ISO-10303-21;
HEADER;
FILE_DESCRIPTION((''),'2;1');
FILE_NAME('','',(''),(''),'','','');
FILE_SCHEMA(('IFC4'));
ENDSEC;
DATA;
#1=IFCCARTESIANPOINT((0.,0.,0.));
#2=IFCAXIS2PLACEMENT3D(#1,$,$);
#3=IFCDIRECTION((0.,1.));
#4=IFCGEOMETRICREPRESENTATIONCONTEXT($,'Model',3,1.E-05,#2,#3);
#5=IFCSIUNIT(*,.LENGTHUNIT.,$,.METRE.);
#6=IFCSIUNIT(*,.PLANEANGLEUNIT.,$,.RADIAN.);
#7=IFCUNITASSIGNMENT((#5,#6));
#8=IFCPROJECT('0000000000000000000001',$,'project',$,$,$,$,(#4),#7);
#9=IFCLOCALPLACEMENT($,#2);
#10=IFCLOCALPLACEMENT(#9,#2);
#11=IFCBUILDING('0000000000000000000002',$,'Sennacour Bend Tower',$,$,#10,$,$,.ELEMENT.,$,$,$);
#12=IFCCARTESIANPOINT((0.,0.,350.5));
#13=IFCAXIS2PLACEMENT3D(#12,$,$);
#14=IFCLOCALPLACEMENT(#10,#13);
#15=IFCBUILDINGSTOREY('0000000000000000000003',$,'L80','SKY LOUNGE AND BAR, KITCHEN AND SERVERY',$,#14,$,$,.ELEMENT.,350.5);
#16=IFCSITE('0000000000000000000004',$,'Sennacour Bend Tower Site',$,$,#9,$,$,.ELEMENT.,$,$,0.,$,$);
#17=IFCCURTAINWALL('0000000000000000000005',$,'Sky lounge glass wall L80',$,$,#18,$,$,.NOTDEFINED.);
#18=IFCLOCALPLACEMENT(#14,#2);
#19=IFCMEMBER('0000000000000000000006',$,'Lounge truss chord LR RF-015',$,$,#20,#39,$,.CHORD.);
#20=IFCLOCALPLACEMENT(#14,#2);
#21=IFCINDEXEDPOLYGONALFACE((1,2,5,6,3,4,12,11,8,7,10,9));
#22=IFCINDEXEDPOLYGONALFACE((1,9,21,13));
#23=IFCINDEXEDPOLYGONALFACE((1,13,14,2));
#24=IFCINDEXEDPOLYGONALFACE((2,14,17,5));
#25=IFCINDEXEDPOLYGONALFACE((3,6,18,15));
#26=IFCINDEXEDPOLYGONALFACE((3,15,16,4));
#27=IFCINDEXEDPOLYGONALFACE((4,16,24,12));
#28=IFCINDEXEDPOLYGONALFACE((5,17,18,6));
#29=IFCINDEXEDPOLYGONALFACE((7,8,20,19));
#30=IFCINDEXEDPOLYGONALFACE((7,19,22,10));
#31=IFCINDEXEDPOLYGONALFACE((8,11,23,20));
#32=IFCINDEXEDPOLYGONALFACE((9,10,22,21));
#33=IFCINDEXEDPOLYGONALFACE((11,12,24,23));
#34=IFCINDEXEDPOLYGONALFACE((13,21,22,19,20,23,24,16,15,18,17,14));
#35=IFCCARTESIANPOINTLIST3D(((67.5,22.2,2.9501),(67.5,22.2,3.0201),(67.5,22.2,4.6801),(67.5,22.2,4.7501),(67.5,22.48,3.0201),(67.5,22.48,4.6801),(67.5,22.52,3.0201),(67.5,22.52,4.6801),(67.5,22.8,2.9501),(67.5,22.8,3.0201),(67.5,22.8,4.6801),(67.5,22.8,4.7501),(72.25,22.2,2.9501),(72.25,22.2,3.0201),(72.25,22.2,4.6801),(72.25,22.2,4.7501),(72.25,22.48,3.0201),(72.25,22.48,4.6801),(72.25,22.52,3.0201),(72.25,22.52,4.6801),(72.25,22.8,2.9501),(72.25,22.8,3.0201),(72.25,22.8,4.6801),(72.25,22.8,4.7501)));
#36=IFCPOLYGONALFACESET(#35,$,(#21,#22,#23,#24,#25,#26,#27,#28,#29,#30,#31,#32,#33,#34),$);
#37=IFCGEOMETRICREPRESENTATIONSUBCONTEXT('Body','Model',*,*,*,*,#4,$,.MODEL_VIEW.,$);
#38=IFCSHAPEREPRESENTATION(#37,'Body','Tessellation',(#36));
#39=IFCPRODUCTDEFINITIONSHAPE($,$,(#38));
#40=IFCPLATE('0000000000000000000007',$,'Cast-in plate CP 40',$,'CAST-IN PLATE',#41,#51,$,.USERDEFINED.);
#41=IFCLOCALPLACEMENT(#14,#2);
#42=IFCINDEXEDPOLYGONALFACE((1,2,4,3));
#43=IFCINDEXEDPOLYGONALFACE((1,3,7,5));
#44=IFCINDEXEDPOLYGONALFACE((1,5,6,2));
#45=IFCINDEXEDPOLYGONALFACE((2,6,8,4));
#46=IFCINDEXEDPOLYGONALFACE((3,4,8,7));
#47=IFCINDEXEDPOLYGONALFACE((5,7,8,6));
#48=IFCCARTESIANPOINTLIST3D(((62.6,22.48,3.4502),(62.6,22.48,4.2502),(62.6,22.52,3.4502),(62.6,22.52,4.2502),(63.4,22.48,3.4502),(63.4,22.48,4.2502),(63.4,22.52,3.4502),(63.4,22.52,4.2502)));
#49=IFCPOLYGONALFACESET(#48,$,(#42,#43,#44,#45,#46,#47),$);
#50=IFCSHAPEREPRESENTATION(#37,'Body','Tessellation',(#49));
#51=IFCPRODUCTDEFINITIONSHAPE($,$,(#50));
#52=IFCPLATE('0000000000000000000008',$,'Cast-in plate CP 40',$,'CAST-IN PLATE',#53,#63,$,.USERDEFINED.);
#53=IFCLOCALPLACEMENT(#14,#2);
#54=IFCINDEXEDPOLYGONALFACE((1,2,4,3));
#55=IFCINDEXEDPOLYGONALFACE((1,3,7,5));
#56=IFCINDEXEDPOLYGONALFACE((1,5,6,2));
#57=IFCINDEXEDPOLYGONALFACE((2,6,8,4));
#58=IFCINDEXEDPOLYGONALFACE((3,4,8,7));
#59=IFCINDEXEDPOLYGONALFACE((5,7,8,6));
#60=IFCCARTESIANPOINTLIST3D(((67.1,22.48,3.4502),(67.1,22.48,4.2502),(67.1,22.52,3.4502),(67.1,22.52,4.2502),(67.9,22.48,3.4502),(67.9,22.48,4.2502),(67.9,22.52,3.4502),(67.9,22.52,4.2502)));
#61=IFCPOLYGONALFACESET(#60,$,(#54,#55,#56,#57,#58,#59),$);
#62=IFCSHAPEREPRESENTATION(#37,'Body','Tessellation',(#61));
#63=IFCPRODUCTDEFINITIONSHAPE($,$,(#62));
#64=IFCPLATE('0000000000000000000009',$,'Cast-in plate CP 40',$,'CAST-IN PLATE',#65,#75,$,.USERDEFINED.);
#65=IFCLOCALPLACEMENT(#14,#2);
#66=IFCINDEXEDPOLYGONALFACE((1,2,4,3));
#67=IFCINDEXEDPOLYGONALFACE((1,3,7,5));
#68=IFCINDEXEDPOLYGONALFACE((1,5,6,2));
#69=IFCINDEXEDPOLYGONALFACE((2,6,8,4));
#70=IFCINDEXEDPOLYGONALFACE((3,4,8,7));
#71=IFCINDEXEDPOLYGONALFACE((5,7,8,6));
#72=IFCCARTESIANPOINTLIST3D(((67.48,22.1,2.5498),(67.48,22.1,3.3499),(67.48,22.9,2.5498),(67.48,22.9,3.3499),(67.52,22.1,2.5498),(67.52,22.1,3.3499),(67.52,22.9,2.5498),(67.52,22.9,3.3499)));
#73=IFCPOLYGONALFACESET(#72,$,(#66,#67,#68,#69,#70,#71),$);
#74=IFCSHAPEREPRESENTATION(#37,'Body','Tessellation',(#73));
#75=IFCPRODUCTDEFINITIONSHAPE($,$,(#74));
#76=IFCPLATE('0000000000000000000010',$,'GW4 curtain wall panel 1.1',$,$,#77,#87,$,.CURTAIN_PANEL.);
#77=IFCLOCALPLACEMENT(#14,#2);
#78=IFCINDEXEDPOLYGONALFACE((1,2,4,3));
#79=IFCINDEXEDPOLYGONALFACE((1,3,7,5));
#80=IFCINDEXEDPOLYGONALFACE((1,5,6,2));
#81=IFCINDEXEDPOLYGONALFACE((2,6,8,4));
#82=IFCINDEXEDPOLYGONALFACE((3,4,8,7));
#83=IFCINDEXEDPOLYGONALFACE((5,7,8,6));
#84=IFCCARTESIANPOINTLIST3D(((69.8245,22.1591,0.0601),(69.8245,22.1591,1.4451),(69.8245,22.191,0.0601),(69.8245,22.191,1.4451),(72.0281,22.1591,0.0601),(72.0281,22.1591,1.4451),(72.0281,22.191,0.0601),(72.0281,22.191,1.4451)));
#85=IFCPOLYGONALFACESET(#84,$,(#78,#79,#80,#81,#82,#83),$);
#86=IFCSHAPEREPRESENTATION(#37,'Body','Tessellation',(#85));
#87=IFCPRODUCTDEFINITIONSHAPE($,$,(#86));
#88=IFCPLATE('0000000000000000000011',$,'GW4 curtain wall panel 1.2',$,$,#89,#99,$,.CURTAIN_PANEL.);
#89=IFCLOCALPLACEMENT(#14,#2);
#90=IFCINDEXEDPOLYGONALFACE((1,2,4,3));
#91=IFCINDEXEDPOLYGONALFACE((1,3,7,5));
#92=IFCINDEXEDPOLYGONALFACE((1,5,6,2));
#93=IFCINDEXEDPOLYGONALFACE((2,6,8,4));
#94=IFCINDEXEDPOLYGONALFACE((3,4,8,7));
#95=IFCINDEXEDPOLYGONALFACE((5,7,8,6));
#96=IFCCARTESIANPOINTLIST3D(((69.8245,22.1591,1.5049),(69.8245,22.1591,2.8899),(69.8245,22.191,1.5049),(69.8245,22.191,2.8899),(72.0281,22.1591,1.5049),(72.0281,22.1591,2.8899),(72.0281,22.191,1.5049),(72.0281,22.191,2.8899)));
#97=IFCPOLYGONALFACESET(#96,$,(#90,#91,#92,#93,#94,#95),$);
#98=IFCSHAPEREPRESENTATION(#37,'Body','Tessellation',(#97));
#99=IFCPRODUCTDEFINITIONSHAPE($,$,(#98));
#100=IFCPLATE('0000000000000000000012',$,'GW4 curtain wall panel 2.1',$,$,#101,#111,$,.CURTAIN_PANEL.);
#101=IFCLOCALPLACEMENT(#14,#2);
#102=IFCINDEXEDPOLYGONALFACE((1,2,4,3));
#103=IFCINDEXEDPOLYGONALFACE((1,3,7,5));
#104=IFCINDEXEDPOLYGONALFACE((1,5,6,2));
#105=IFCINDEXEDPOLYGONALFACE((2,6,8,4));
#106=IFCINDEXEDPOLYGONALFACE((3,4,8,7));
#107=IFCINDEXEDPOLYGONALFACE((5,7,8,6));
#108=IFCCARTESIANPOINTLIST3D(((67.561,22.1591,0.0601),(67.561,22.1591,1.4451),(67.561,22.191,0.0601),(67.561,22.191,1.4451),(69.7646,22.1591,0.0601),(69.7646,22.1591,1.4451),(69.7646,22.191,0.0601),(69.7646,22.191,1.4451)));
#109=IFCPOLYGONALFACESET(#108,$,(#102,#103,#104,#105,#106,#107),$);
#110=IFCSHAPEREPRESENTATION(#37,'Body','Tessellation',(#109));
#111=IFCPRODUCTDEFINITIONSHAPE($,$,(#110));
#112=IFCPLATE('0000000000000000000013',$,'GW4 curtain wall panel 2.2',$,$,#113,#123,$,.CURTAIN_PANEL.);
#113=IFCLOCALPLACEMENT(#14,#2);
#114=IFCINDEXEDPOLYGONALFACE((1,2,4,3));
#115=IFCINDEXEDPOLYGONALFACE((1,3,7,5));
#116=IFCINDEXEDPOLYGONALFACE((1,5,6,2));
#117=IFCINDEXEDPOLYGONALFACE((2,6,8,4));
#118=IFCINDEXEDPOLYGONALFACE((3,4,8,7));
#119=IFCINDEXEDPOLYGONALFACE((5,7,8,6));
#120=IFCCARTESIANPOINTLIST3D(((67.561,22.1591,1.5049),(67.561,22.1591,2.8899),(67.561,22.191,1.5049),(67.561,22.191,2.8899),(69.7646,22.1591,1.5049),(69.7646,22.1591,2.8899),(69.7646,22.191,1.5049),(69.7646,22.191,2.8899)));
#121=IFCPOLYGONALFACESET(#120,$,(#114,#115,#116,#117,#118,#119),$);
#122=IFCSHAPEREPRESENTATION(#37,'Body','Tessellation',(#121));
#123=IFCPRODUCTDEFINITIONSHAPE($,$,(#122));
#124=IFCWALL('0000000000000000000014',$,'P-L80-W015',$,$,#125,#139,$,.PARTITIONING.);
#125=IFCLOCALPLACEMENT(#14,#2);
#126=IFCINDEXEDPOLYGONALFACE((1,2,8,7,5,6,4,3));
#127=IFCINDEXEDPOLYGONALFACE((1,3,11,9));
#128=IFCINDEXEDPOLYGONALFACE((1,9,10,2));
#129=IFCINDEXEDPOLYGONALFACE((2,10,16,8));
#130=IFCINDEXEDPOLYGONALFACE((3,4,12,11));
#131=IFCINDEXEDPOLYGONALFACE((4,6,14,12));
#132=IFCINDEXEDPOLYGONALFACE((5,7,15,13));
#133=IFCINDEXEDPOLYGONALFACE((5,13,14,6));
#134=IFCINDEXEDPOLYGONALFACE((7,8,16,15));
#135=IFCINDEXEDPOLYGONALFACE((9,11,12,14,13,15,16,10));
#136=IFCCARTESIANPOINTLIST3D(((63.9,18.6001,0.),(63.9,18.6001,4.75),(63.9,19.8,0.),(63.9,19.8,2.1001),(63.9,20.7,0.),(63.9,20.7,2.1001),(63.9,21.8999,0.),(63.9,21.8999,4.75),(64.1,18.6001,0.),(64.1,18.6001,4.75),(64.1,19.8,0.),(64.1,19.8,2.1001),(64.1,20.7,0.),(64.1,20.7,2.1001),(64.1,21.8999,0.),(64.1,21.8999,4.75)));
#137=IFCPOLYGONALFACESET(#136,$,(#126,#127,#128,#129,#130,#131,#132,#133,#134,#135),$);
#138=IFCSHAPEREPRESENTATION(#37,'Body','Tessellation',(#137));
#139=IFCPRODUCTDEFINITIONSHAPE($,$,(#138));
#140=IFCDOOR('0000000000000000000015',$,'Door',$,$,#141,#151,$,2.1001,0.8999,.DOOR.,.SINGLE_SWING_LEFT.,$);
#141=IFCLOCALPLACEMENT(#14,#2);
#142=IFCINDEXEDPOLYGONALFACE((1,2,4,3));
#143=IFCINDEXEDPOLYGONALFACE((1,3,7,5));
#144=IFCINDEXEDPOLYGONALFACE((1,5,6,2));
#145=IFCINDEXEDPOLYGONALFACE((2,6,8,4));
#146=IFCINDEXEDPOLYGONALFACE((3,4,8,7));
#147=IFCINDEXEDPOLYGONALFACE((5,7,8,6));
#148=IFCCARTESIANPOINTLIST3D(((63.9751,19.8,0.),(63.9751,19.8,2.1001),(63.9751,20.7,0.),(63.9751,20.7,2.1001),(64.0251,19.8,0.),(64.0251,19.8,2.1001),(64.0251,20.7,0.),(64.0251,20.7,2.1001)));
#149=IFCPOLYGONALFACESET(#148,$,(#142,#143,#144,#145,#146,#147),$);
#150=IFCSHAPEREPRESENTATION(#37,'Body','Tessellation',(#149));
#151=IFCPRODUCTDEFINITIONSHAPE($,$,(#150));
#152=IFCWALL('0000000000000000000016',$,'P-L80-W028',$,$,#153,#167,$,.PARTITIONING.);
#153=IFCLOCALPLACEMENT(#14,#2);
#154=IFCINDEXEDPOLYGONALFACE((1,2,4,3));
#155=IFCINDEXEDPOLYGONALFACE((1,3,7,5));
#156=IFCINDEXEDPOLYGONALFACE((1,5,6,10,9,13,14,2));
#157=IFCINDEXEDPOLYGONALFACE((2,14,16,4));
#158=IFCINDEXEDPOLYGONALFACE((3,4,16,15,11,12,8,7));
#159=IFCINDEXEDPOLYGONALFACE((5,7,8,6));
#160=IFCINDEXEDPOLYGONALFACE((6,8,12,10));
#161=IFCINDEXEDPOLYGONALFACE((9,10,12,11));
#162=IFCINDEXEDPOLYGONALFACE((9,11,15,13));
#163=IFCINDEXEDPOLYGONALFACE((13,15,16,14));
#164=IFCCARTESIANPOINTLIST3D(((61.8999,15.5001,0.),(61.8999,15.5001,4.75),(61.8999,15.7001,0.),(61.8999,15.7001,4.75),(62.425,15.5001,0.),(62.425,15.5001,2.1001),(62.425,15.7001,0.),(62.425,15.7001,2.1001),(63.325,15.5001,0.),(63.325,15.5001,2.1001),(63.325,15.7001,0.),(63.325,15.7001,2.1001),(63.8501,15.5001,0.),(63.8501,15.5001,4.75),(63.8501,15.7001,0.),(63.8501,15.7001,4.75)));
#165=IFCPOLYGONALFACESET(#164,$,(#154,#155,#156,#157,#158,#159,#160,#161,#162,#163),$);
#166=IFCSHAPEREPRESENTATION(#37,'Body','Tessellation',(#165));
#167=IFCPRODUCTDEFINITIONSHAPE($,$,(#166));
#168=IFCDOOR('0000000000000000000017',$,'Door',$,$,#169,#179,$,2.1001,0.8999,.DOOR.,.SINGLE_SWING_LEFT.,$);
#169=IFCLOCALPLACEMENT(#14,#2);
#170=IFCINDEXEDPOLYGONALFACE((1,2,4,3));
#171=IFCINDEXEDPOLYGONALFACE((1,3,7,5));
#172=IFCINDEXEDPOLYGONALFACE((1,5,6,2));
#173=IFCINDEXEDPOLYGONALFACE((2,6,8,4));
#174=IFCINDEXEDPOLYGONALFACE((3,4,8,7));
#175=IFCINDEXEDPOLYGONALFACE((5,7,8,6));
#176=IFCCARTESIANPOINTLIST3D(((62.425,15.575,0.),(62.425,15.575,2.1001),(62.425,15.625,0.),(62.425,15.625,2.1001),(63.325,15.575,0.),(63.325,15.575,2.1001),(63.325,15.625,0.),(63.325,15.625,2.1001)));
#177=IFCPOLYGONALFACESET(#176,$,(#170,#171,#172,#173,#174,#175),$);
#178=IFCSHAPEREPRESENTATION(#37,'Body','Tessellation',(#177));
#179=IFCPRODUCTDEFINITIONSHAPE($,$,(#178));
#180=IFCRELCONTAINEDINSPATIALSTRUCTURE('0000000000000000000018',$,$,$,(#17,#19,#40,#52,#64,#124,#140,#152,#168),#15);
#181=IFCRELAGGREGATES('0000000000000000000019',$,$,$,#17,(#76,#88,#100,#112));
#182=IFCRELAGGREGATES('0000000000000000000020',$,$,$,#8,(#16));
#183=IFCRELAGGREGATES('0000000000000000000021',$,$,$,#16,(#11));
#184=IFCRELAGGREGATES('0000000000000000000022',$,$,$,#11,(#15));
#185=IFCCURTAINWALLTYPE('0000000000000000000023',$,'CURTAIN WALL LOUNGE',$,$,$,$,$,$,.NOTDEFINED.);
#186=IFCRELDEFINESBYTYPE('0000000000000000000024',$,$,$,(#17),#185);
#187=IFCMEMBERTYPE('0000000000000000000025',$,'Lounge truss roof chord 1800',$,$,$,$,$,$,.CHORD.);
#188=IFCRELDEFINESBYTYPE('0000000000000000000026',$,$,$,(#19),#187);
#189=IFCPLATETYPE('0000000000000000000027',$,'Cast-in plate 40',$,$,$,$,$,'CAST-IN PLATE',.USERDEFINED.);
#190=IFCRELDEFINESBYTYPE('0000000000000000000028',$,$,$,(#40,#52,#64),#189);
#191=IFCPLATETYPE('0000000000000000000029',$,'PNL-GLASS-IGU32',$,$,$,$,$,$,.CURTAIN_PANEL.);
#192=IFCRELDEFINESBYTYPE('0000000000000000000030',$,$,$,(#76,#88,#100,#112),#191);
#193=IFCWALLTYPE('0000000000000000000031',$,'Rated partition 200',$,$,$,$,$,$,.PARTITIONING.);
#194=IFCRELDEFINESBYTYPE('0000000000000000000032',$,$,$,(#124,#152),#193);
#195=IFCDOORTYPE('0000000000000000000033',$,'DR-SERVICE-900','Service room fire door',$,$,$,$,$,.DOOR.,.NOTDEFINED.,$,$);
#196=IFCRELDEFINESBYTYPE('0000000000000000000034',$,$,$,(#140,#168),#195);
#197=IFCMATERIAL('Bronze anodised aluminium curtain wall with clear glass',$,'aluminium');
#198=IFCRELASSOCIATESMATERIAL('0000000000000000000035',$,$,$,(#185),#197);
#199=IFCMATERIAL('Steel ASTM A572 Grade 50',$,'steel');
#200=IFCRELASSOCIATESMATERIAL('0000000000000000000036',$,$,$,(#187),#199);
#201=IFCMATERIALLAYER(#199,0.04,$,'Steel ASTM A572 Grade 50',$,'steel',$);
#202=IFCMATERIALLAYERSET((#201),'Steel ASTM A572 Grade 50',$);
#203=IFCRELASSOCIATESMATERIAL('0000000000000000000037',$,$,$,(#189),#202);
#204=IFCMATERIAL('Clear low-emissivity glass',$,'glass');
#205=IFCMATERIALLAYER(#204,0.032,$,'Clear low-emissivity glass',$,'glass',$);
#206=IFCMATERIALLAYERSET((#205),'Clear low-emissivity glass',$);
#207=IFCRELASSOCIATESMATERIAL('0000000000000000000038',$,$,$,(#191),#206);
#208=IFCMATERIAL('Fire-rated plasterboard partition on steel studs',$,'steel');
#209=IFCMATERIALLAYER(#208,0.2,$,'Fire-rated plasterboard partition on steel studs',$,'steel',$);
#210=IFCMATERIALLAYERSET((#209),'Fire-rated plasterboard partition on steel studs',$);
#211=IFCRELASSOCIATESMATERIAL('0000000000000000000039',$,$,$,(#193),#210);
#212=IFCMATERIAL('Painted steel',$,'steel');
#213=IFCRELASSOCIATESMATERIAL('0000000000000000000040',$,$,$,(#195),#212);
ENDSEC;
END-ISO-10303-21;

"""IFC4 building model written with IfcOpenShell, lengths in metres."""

from ifc_helpers import new_model, si_unit, direction, frame, frame_2d, origin, origin_2d, place, context, subcontext, project, spatial, rectangle, i_section, extrude, material, layer, layer_set, material_profile, profile_set, type_object, element, fill, aggregate, save


model = new_model("IFC4")

# Units and contexts
model_context = context("Model", 3, precision=1e-05, world=origin(), true_north=direction((0.0, 1.0)))
body_context = subcontext(model_context, "Body", "Model", "MODEL_VIEW")
ifc_project = project(units=[si_unit("LENGTHUNIT", "METRE"), si_unit("PLANEANGLEUNIT", "RADIAN")], contexts=[model_context])

# Site, building, storey
site_placement = place(None, origin())
site = spatial("IfcSite", under=ifc_project, at=site_placement, Name="Sennacour Bend Tower Site", CompositionType="ELEMENT", RefElevation=0.0)
building_placement = place(site_placement, origin())
building = spatial("IfcBuilding", under=site, at=building_placement, Name="Sennacour Bend Tower", CompositionType="ELEMENT")
storey_placement = place(building_placement, frame((0.0, 0.0, 350.5)))
storey = spatial("IfcBuildingStorey", under=building, at=storey_placement, Name="L80", Description="SKY LOUNGE AND BAR, KITCHEN AND SERVERY", CompositionType="ELEMENT", Elevation=350.5)

# Curtain wall
ifc_material_1 = material(Name="Bronze anodised aluminium curtain wall with clear glass", Category="aluminium")
curtain_wall_type = type_object("IfcCurtainWallType", Name="CURTAIN WALL LOUNGE", PredefinedType="NOTDEFINED", material=ifc_material_1)
curtain_wall_placement = place(storey_placement, origin())
curtain_wall = element("IfcCurtainWall", 1, at=curtain_wall_placement, inside=storey, type_object=curtain_wall_type, Name="Sky lounge glass wall L80", PredefinedType="NOTDEFINED")

# Member
ifc_material_2 = material(Name="Steel ASTM A572 Grade 50", Category="steel")
ifc_material_profile_1 = material_profile(ifc_material_2, i_section(OverallWidth=0.6001, OverallDepth=1.8, WebThickness=0.04, FlangeThickness=0.0701, at=origin_2d()), Name="Steel ASTM A572 Grade 50", Category="steel")
ifc_profile_set_1 = profile_set([ifc_material_profile_1], Name="Steel ASTM A572 Grade 50")
member_type_1 = type_object("IfcMemberType", Name="Lounge truss roof chord 1800", PredefinedType="CHORD", material=ifc_profile_set_1)
member_1_placement = place(storey_placement, frame((67.5, 22.5, 3.8501), z_axis=(1.0, 0.0, 0.0), x_axis=(0.0, 1.0, 0.0)))
element("IfcMember", 2, at=member_1_placement, inside=storey, type_object=member_type_1, Name="Lounge truss chord LR RF-015", PredefinedType="CHORD", context=body_context, shape_type="SweptSolid", body=[
    extrude(i_section(OverallWidth=0.6001, OverallDepth=1.8, WebThickness=0.04, FlangeThickness=0.0701, at=origin_2d()), origin(), (0.0, 0.0, 1.0), 4.75),
])

# Plates
ifc_layer_1 = layer(ifc_material_2, 0.04, Name="Steel ASTM A572 Grade 50", Category="steel")
ifc_layer_set_1 = layer_set([ifc_layer_1], Name="Steel ASTM A572 Grade 50")
plate_type_1 = type_object("IfcPlateType", Name="Cast-in plate 40", ElementType="CAST-IN PLATE", PredefinedType="USERDEFINED", material=ifc_layer_set_1)
for number, where, z_axis, x_axis, name in (
    (3, (63.0, 22.5, 3.4502), (0.0, 0.0, 1.0), (1.0, 0.0, 0.0), "Cast-in plate CP 40"),
    (4, (67.5, 22.5, 3.4502), (0.0, 0.0, 1.0), (1.0, 0.0, 0.0), "Cast-in plate CP 40"),
):
    element("IfcPlate", number, at=place(storey_placement, frame(where, z_axis=z_axis, x_axis=x_axis)), inside=storey, type_object=plate_type_1, Name=name, ObjectType="CAST-IN PLATE", PredefinedType="USERDEFINED", context=body_context, shape_type="SweptSolid", body=[
        extrude(rectangle(XDim=0.8, YDim=0.04, at=origin_2d()), origin(), (0.0, 0.0, 1.0), 0.8),
    ])
plate_1_placement = place(storey_placement, frame((67.5, 22.5, 2.5498), z_axis=(0.0, 0.0, 1.0), x_axis=(1.0, 0.0, 0.0)))
element("IfcPlate", 5, at=plate_1_placement, inside=storey, type_object=plate_type_1, Name="Cast-in plate CP 40", ObjectType="CAST-IN PLATE", PredefinedType="USERDEFINED", context=body_context, shape_type="SweptSolid", body=[
    extrude(rectangle(XDim=0.04, YDim=0.8, at=origin_2d()), origin(), (0.0, 0.0, 1.0), 0.8),
])

# Plates
ifc_material_3 = material(Name="Clear low-emissivity glass", Category="glass")
ifc_layer_2 = layer(ifc_material_3, 0.032, Name="Clear low-emissivity glass", Category="glass")
ifc_layer_set_2 = layer_set([ifc_layer_2], Name="Clear low-emissivity glass")
plate_type_2 = type_object("IfcPlateType", Name="PNL-GLASS-IGU32", PredefinedType="CURTAIN_PANEL", material=ifc_layer_set_2)
plate_2_placement = place(storey_placement, frame((70.9263, 22.175, 0.0601), z_axis=(0.0, 0.0, 1.0), x_axis=(-1.0, 0.0, 0.0)))
plate_2 = element("IfcPlate", 6, at=plate_2_placement, type_object=plate_type_2, Name="GW4 curtain wall panel 1.1", PredefinedType="CURTAIN_PANEL", context=body_context, shape_type="SweptSolid", body=[
    extrude(rectangle(XDim=2.2036, YDim=0.032, at=origin_2d()), origin(), (0.0, 0.0, 1.0), 1.385),
])
plate_3_placement = place(storey_placement, frame((70.9263, 22.175, 1.5049), z_axis=(0.0, 0.0, 1.0), x_axis=(-1.0, 0.0, 0.0)))
plate_3 = element("IfcPlate", 7, at=plate_3_placement, type_object=plate_type_2, Name="GW4 curtain wall panel 1.2", PredefinedType="CURTAIN_PANEL", context=body_context, shape_type="SweptSolid", body=[
    extrude(rectangle(XDim=2.2036, YDim=0.032, at=origin_2d()), origin(), (0.0, 0.0, 1.0), 1.385),
])
plate_4_placement = place(storey_placement, frame((68.6628, 22.175, 0.0601), z_axis=(0.0, 0.0, 1.0), x_axis=(-1.0, 0.0, 0.0)))
plate_4 = element("IfcPlate", 8, at=plate_4_placement, type_object=plate_type_2, Name="GW4 curtain wall panel 2.1", PredefinedType="CURTAIN_PANEL", context=body_context, shape_type="SweptSolid", body=[
    extrude(rectangle(XDim=2.2036, YDim=0.032, at=origin_2d()), origin(), (0.0, 0.0, 1.0), 1.385),
])
plate_5_placement = place(storey_placement, frame((68.6628, 22.175, 1.5049), z_axis=(0.0, 0.0, 1.0), x_axis=(-1.0, 0.0, 0.0)))
plate_5 = element("IfcPlate", 9, at=plate_5_placement, type_object=plate_type_2, Name="GW4 curtain wall panel 2.2", PredefinedType="CURTAIN_PANEL", context=body_context, shape_type="SweptSolid", body=[
    extrude(rectangle(XDim=2.2036, YDim=0.032, at=origin_2d()), origin(), (0.0, 0.0, 1.0), 1.385),
])
aggregate(curtain_wall, [plate_2, plate_3, plate_4, plate_5])

# Walls, openings, doors
ifc_material_4 = material(Name="Fire-rated plasterboard partition on steel studs", Category="steel")
ifc_layer_3 = layer(ifc_material_4, 0.2, Name="Fire-rated plasterboard partition on steel studs", Category="steel")
ifc_layer_set_3 = layer_set([ifc_layer_3], Name="Fire-rated plasterboard partition on steel studs")
wall_type_1 = type_object("IfcWallType", Name="Rated partition 200", PredefinedType="PARTITIONING", material=ifc_layer_set_3)
wall_1_placement = place(storey_placement, frame((64.0, 18.6001, 0.0), z_axis=(0.0, 0.0, 1.0), x_axis=(0.0, 1.0, 0.0)))
wall_1 = element("IfcWall", 10, at=wall_1_placement, inside=storey, type_object=wall_type_1, Name="P-L80-W015", PredefinedType="PARTITIONING", context=body_context, shape_type="SweptSolid", body=[
    extrude(rectangle(XDim=3.2998, YDim=0.2, at=frame_2d((1.6499, 0.0))), origin(), (0.0, 0.0, 1.0), 4.75),
])
opening_1_placement = place(wall_1_placement, frame((1.2, 0.0, 0.0)))
opening_1 = element("IfcOpeningElement", 11, at=opening_1_placement, cuts=wall_1, PredefinedType="OPENING", context=body_context, shape_type="SweptSolid", body=[
    extrude(rectangle(XDim=0.8999, YDim=2.1001, at=frame_2d((0.45, 1.05))), frame((0.0, 0.1099, 0.0), z_axis=(0.0, -1.0, 0.0), x_axis=(1.0, 0.0, 0.0)), (0.0, 0.0, 1.0), 0.22),
])
ifc_material_5 = material(Name="Painted steel", Category="steel")
door_type_1 = type_object("IfcDoorType", Name="DR-SERVICE-900", Description="Service room fire door", OperationType="NOTDEFINED", PredefinedType="DOOR", material=ifc_material_5)
door_1_placement = place(opening_1_placement, origin())
door_1 = element("IfcDoor", 12, at=door_1_placement, inside=storey, type_object=door_type_1, Name="Door", OperationType="SINGLE_SWING_LEFT", OverallHeight=2.1001, OverallWidth=0.8999, PredefinedType="DOOR", context=body_context, shape_type="SweptSolid", body=[
    extrude(rectangle(XDim=0.8999, YDim=2.1001, at=frame_2d((0.45, 1.05))), frame((0.0, 0.0249, 0.0), z_axis=(0.0, -1.0, 0.0), x_axis=(1.0, 0.0, 0.0)), (0.0, 0.0, 1.0), 0.05),
])
fill(opening_1, door_1)
wall_2_placement = place(storey_placement, frame((61.8999, 15.6001, 0.0), z_axis=(0.0, 0.0, 1.0), x_axis=(1.0, 0.0, 0.0)))
wall_2 = element("IfcWall", 13, at=wall_2_placement, inside=storey, type_object=wall_type_1, Name="P-L80-W028", PredefinedType="PARTITIONING", context=body_context, shape_type="SweptSolid", body=[
    extrude(rectangle(XDim=1.9502, YDim=0.2, at=frame_2d((0.9751, 0.0))), origin(), (0.0, 0.0, 1.0), 4.75),
])
opening_2_placement = place(wall_2_placement, frame((0.5251, 0.0, 0.0)))
opening_2 = element("IfcOpeningElement", 14, at=opening_2_placement, cuts=wall_2, PredefinedType="OPENING", context=body_context, shape_type="SweptSolid", body=[
    extrude(rectangle(XDim=0.8999, YDim=2.1001, at=frame_2d((0.45, 1.05))), frame((0.0, 0.1099, 0.0), z_axis=(0.0, -1.0, 0.0), x_axis=(1.0, 0.0, 0.0)), (0.0, 0.0, 1.0), 0.22),
])
door_2_placement = place(opening_2_placement, origin())
door_2 = element("IfcDoor", 15, at=door_2_placement, inside=storey, type_object=door_type_1, Name="Door", OperationType="SINGLE_SWING_LEFT", OverallHeight=2.1001, OverallWidth=0.8999, PredefinedType="DOOR", context=body_context, shape_type="SweptSolid", body=[
    extrude(rectangle(XDim=0.8999, YDim=2.1001, at=frame_2d((0.45, 1.05))), frame((0.0, 0.0249, 0.0), z_axis=(0.0, -1.0, 0.0), x_axis=(1.0, 0.0, 0.0)), (0.0, 0.0, 1.0), 0.05),
])
fill(opening_2, door_2)

save(model, "model.ifc")
